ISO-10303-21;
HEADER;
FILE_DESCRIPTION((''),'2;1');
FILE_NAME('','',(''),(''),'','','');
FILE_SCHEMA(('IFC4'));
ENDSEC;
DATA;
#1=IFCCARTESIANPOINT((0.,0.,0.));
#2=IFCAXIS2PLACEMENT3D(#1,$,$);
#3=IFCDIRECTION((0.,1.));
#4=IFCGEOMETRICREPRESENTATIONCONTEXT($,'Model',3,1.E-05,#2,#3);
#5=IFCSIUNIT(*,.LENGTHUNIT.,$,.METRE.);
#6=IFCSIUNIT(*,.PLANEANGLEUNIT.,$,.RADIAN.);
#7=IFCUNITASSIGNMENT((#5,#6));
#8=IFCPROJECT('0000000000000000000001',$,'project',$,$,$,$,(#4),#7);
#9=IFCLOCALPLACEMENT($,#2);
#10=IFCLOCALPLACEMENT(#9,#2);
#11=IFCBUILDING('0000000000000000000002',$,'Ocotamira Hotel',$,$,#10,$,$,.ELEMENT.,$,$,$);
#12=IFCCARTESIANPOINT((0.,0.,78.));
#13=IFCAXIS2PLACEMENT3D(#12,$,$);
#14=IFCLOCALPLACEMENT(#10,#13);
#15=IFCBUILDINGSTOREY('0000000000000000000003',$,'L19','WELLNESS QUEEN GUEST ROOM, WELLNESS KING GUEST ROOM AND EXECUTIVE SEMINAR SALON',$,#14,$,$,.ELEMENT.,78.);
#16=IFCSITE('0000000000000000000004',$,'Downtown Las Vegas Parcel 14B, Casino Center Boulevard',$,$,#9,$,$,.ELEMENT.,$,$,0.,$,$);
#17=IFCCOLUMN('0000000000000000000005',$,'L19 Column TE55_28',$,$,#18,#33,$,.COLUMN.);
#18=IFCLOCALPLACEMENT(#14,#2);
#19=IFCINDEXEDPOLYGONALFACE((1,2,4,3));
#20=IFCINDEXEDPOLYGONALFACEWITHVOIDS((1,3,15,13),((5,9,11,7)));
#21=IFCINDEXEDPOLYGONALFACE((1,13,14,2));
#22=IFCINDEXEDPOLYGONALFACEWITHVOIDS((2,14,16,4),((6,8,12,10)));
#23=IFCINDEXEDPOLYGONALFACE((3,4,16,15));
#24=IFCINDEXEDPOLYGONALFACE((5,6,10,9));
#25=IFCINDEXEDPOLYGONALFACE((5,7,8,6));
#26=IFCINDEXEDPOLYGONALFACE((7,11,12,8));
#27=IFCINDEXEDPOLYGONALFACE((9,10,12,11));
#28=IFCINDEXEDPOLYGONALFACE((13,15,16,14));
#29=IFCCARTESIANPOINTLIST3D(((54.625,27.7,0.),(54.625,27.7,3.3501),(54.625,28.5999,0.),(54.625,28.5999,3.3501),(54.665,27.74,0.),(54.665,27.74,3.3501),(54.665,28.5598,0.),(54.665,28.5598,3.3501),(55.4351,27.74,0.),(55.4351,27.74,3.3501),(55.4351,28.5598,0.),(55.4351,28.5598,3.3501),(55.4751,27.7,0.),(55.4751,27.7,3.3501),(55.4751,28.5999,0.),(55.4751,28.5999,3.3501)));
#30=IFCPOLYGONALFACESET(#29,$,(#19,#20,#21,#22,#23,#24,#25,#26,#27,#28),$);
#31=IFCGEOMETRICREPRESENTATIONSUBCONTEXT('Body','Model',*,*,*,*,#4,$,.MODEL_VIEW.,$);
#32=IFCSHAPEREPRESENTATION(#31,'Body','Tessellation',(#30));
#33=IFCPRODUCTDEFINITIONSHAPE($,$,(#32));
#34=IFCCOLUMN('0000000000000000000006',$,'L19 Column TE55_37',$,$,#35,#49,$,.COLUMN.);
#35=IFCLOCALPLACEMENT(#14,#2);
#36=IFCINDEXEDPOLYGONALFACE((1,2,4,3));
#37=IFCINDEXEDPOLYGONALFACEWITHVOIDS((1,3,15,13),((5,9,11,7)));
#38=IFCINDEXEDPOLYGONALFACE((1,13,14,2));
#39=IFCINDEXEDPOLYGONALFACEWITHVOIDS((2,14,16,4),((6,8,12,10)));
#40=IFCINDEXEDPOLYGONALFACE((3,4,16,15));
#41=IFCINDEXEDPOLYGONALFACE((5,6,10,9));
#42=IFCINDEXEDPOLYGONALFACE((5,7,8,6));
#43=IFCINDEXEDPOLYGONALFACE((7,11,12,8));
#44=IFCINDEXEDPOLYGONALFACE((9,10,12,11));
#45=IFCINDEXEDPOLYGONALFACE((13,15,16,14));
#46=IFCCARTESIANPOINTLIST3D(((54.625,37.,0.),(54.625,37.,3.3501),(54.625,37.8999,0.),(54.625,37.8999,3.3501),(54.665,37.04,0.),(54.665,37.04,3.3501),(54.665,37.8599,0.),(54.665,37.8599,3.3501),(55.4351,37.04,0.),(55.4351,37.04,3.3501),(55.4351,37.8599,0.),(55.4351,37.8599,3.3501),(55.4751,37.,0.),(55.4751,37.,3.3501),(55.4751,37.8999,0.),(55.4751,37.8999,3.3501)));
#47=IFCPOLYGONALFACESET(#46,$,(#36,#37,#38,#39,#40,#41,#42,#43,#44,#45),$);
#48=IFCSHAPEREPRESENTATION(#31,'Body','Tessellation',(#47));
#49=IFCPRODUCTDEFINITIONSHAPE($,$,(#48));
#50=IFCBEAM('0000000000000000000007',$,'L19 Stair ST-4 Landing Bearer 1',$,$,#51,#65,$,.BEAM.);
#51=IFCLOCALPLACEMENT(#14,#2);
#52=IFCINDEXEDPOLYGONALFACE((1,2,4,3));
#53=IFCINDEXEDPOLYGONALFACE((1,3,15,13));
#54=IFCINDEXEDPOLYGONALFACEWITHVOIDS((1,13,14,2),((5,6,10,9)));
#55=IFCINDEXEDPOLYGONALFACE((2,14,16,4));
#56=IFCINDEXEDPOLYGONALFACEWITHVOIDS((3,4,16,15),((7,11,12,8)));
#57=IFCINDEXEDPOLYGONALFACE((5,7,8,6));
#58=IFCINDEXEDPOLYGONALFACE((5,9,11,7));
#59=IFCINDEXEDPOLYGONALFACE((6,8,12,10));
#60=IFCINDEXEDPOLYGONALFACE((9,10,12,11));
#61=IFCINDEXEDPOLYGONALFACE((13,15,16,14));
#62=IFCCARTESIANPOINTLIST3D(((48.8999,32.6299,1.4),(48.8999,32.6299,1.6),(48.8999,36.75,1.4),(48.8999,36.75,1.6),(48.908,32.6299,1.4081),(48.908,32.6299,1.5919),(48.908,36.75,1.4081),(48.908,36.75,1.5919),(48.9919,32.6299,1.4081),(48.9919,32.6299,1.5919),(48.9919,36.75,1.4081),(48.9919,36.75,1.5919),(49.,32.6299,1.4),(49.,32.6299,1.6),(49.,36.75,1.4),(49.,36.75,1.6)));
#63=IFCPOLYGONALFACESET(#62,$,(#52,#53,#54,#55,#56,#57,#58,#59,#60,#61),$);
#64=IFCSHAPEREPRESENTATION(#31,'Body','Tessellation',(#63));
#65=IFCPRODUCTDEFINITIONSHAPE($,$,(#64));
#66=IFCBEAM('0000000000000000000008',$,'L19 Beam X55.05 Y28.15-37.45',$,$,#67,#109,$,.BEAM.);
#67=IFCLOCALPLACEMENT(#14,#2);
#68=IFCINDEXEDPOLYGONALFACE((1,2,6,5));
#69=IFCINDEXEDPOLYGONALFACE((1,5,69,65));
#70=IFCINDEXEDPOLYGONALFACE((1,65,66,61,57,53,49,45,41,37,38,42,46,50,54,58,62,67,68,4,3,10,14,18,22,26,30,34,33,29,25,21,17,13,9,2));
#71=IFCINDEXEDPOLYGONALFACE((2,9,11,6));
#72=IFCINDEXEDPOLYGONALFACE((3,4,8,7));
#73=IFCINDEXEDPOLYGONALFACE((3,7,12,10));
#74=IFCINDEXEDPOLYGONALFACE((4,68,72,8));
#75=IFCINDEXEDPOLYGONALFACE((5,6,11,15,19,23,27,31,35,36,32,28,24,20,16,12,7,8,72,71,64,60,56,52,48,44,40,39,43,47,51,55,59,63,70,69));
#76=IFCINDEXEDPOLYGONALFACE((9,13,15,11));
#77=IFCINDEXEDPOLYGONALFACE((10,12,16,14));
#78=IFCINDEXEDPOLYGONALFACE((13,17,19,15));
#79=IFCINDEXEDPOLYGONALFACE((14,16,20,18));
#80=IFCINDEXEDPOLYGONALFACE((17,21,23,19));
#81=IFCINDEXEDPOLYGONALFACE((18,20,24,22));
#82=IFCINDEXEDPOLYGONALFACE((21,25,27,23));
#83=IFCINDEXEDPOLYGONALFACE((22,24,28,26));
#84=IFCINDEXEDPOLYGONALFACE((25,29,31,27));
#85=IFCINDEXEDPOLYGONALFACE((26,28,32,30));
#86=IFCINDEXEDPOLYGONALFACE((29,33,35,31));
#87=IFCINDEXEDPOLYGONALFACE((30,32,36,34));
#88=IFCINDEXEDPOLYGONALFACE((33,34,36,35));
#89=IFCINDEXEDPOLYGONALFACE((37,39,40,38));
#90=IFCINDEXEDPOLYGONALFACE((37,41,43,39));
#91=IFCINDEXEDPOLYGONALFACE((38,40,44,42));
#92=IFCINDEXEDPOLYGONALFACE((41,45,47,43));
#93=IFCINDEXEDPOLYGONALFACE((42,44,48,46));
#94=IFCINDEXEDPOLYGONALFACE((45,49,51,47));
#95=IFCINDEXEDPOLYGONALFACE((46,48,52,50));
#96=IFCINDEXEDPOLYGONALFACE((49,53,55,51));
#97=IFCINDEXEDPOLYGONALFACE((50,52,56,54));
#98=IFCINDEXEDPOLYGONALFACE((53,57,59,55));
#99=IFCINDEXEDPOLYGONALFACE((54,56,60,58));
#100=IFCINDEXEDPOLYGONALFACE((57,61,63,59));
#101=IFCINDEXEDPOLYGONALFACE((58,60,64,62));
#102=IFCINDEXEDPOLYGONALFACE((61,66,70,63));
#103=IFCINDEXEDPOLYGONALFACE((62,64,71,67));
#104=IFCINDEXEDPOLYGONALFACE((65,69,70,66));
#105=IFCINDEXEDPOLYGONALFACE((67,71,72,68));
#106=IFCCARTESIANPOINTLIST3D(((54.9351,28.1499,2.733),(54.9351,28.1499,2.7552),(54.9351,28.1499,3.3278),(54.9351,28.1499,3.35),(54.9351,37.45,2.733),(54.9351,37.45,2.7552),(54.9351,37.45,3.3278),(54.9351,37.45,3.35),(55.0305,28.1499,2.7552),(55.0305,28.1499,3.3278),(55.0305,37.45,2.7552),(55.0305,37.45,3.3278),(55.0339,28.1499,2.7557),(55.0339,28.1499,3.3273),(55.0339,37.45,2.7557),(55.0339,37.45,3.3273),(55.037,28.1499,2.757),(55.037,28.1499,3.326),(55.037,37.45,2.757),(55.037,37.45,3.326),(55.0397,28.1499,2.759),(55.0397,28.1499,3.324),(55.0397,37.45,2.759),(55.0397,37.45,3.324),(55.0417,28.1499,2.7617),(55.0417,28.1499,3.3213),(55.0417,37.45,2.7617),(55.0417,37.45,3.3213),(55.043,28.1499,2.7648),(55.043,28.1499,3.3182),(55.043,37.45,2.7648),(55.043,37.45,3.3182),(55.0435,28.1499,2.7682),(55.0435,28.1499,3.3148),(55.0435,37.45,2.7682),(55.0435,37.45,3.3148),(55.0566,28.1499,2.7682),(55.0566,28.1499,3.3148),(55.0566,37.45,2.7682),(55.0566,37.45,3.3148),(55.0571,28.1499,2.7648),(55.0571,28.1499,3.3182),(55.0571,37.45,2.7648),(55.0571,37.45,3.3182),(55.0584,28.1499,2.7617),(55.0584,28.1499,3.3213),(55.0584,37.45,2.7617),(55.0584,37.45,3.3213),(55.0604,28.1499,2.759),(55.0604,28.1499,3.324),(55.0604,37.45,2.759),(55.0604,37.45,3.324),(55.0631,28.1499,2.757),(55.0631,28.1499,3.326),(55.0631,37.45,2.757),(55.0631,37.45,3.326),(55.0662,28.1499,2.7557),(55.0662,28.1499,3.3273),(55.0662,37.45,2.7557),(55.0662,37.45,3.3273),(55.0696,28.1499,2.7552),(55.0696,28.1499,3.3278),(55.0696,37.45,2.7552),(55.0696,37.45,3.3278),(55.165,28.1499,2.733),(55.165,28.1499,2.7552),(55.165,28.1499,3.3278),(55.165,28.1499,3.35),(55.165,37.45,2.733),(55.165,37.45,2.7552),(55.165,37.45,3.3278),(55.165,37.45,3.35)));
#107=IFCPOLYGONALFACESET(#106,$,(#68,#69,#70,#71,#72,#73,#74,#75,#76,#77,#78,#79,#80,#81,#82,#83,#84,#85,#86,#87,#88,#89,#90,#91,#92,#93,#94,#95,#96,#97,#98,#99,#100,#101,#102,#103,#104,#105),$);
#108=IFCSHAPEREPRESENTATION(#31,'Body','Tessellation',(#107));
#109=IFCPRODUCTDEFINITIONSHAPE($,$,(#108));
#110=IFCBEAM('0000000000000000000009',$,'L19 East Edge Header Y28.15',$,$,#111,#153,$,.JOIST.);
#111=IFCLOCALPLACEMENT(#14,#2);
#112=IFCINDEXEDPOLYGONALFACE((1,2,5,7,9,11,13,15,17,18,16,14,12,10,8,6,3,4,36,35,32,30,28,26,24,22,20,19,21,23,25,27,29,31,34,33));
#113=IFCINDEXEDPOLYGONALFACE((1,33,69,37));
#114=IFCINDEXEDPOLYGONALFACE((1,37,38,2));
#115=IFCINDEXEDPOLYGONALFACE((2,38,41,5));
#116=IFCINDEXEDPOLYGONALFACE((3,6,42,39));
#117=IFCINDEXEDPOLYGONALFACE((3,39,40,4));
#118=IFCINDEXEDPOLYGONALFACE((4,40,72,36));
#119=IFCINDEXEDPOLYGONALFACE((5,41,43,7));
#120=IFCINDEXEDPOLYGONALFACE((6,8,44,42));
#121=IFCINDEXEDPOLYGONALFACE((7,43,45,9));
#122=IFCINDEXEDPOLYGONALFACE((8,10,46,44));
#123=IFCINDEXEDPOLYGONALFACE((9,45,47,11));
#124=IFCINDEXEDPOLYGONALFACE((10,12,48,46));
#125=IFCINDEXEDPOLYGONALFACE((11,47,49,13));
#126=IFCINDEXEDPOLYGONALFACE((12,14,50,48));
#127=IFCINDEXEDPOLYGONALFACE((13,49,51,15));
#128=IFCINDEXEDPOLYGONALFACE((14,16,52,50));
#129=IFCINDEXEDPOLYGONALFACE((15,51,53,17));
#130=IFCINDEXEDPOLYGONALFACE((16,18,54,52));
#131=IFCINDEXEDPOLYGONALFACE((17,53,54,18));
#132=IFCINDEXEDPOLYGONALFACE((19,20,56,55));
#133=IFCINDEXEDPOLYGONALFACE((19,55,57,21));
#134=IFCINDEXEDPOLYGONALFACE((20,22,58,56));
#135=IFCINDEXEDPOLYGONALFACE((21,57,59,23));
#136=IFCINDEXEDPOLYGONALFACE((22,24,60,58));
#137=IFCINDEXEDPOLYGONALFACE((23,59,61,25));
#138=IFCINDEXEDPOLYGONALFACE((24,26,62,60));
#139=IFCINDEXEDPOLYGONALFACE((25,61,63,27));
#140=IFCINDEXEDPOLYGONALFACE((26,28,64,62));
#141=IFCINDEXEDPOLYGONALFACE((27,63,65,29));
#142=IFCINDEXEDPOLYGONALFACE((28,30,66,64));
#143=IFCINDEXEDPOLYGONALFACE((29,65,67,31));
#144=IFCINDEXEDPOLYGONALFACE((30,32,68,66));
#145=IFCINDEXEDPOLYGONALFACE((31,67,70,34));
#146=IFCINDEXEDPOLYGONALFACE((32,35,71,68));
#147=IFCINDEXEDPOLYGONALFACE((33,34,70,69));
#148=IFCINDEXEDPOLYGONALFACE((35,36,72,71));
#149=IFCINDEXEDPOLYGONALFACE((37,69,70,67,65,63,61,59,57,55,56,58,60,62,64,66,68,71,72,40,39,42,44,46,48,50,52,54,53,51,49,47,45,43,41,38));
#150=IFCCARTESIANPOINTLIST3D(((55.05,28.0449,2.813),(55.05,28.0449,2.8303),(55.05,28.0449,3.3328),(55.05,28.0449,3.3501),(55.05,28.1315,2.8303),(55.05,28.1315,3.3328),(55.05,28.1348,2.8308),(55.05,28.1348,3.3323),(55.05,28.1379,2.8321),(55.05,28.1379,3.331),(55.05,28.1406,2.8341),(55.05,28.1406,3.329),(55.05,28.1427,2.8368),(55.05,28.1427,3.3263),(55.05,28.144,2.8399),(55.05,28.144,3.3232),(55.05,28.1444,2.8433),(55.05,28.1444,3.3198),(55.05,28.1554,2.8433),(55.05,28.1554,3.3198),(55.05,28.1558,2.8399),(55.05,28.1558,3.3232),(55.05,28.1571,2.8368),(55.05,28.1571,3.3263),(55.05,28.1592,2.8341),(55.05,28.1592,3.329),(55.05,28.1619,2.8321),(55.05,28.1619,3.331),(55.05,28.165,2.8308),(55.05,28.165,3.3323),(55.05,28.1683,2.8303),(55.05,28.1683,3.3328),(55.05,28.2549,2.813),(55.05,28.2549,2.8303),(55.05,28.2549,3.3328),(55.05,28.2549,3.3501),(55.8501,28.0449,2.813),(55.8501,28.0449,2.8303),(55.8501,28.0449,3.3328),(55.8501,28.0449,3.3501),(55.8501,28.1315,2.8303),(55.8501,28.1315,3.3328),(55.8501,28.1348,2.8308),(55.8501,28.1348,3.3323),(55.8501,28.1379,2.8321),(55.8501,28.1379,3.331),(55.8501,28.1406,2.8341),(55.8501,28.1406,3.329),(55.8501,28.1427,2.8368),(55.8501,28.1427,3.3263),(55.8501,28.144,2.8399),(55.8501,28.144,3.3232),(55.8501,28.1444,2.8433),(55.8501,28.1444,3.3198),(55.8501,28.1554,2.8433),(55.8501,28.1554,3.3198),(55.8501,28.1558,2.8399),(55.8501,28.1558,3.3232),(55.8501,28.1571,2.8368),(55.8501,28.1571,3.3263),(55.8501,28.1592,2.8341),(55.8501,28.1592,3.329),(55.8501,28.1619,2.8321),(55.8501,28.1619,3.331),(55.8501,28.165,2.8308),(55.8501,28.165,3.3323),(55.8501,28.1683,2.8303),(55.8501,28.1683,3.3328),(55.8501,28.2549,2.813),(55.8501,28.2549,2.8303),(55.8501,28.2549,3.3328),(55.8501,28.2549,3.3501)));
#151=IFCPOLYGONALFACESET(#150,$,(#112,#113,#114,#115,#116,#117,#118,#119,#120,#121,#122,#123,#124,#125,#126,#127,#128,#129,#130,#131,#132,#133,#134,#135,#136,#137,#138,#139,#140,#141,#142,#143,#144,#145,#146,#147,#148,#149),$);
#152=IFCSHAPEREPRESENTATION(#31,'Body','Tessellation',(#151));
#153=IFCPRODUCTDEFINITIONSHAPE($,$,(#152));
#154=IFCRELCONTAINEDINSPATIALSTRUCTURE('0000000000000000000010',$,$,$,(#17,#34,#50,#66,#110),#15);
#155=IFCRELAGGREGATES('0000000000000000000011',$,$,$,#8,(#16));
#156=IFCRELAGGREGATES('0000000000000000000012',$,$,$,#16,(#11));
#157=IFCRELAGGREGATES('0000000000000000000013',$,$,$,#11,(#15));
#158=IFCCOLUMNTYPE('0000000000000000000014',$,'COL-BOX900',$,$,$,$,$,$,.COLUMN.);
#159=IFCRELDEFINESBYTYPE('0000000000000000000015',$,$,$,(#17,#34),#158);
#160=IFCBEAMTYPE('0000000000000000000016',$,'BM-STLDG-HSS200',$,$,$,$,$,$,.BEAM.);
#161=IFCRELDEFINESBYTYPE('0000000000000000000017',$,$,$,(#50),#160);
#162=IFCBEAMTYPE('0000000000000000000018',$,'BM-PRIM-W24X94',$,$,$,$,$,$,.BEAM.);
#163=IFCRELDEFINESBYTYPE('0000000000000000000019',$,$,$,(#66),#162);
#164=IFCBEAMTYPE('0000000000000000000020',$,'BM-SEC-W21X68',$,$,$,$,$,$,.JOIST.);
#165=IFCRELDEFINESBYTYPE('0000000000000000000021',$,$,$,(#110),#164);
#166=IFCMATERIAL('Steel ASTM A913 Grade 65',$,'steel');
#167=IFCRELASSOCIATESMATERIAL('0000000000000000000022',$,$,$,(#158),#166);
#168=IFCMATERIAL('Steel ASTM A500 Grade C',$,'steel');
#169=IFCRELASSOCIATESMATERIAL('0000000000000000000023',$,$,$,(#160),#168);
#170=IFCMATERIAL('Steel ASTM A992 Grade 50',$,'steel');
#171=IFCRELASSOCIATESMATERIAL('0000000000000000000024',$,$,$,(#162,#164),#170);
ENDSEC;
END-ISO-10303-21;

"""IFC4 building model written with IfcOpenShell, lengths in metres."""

from ifc_helpers import new_model, si_unit, direction, frame, origin, origin_2d, place, context, subcontext, project, spatial, hollow_rectangle, i_section, extrude, source, transform, mapped, material, material_profile, profile_set, type_object, element, save


model = new_model("IFC4")

# Units and contexts
model_context = context("Model", 3, precision=1e-05, world=origin(), true_north=direction((0.0, 1.0)))
body_context = subcontext(model_context, "Body", "Model", "MODEL_VIEW")
ifc_project = project(units=[si_unit("LENGTHUNIT", "METRE"), si_unit("PLANEANGLEUNIT", "RADIAN")], contexts=[model_context])

# Site, building, storey
site_placement = place(None, origin())
site = spatial("IfcSite", under=ifc_project, at=site_placement, Name="Downtown Las Vegas Parcel 14B, Casino Center Boulevard", CompositionType="ELEMENT", RefElevation=0.0)
building_placement = place(site_placement, origin())
building = spatial("IfcBuilding", under=site, at=building_placement, Name="Ocotamira Hotel", CompositionType="ELEMENT")
storey_placement = place(building_placement, frame((0.0, 0.0, 78.0)))
storey = spatial("IfcBuildingStorey", under=building, at=storey_placement, Name="L19", Description="WELLNESS QUEEN GUEST ROOM, WELLNESS KING GUEST ROOM AND EXECUTIVE SEMINAR SALON", CompositionType="ELEMENT", Elevation=78.0)

# Columns
ifc_material_1 = material(Name="Steel ASTM A913 Grade 65", Category="steel")
ifc_material_profile_1 = material_profile(ifc_material_1, hollow_rectangle(XDim=0.8501, YDim=0.8999, WallThickness=0.04, at=origin_2d()), Name="BOX900X850X40")
ifc_profile_set_1 = profile_set([ifc_material_profile_1], Name="Steel ASTM A913 Grade 65")
column_type = type_object("IfcColumnType", Name="COL-BOX900", PredefinedType="COLUMN", material=ifc_profile_set_1)
shared_shape_1 = source(origin(), body_context, "Body", "SweptSolid", [
    extrude(hollow_rectangle(XDim=0.8501, YDim=0.8999, WallThickness=0.04, at=origin_2d()), origin(), (0.0, 0.0, 1.0), 3.3501),
])
for number, where, z_axis, x_axis, name in (
    (1, (55.05, 28.1499, 0.0), (0.0, 0.0, 1.0), (1.0, 0.0, 0.0), "L19 Column TE55_28"),
    (2, (55.05, 37.45, 0.0), (0.0, 0.0, 1.0), (1.0, 0.0, 0.0), "L19 Column TE55_37"),
):
    element("IfcColumn", number, at=place(storey_placement, frame(where, z_axis=z_axis, x_axis=x_axis)), inside=storey, type_object=column_type, Name=name, PredefinedType="COLUMN", context=body_context, shape_type="MappedRepresentation", body=[
        mapped(shared_shape_1, transform((0.0, 0.0, 0.0), scale=1.0)),
    ])

# Beams
ifc_material_2 = material(Name="Steel ASTM A500 Grade C", Category="steel")
ifc_material_profile_2 = material_profile(ifc_material_2, hollow_rectangle(XDim=0.1001, YDim=0.2, WallThickness=0.0081, at=origin_2d()), Name="HSS200X100X8")
ifc_profile_set_2 = profile_set([ifc_material_profile_2], Name="Steel ASTM A500 Grade C")
beam_type_1 = type_object("IfcBeamType", Name="BM-STLDG-HSS200", PredefinedType="BEAM", material=ifc_profile_set_2)
shared_shape_2 = source(origin(), body_context, "Body", "SweptSolid", [
    extrude(hollow_rectangle(XDim=0.1001, YDim=0.2, WallThickness=0.0081, at=origin_2d()), origin(), (0.0, 0.0, 1.0), 4.1201),
])
beam_1_placement = place(storey_placement, frame((48.95, 32.6299, 1.5), z_axis=(0.0, 1.0, 0.0), x_axis=(-1.0, 0.0, 0.0)))
element("IfcBeam", 3, at=beam_1_placement, inside=storey, type_object=beam_type_1, Name="L19 Stair ST-4 Landing Bearer 1", PredefinedType="BEAM", context=body_context, shape_type="MappedRepresentation", body=[
    mapped(shared_shape_2, transform((0.0, 0.0, 0.0), scale=1.0)),
])
ifc_material_3 = material(Name="Steel ASTM A992 Grade 50", Category="steel")
ifc_material_profile_3 = material_profile(ifc_material_3, i_section(OverallWidth=0.23, OverallDepth=0.6169, WebThickness=0.0132, FlangeThickness=0.0222, FilletRadius=0.0129, at=origin_2d()), Name="W24X94")
ifc_profile_set_3 = profile_set([ifc_material_profile_3], Name="Steel ASTM A992 Grade 50")
beam_type_2 = type_object("IfcBeamType", Name="BM-PRIM-W24X94", PredefinedType="BEAM", material=ifc_profile_set_3)
shared_shape_3 = source(origin(), body_context, "Body", "SweptSolid", [
    extrude(i_section(OverallWidth=0.23, OverallDepth=0.6169, WebThickness=0.0132, FlangeThickness=0.0222, FilletRadius=0.0129, at=origin_2d()), origin(), (0.0, 0.0, 1.0), 9.3),
])
beam_2_placement = place(storey_placement, frame((55.05, 28.1499, 3.0415), z_axis=(0.0, 1.0, 0.0), x_axis=(-1.0, 0.0, 0.0)))
element("IfcBeam", 4, at=beam_2_placement, inside=storey, type_object=beam_type_2, Name="L19 Beam X55.05 Y28.15-37.45", PredefinedType="BEAM", context=body_context, shape_type="MappedRepresentation", body=[
    mapped(shared_shape_3, transform((0.0, 0.0, 0.0), scale=1.0)),
])
ifc_material_profile_4 = material_profile(ifc_material_3, i_section(OverallWidth=0.21, OverallDepth=0.5371, WebThickness=0.011, FlangeThickness=0.0173, FilletRadius=0.0129, at=origin_2d()), Name="W21X68")
ifc_profile_set_4 = profile_set([ifc_material_profile_4], Name="Steel ASTM A992 Grade 50")
beam_type_3 = type_object("IfcBeamType", Name="BM-SEC-W21X68", PredefinedType="JOIST", material=ifc_profile_set_4)
shared_shape_4 = source(origin(), body_context, "Body", "SweptSolid", [
    extrude(i_section(OverallWidth=0.21, OverallDepth=0.5371, WebThickness=0.011, FlangeThickness=0.0173, FilletRadius=0.0129, at=origin_2d()), origin(), (0.0, 0.0, 1.0), 0.8),
])
for number, where, z_axis, x_axis, name in (
    (5, (55.05, 28.1499, 3.0815), (1.0, 0.0, 0.0), (0.0, 1.0, 0.0), "L19 East Edge Header Y28.15"),
):
    element("IfcBeam", number, at=place(storey_placement, frame(where, z_axis=z_axis, x_axis=x_axis)), inside=storey, type_object=beam_type_3, Name=name, PredefinedType="JOIST", context=body_context, shape_type="MappedRepresentation", body=[
        mapped(shared_shape_4, transform((0.0, 0.0, 0.0), scale=1.0)),
    ])

save(model, "model.ifc")
